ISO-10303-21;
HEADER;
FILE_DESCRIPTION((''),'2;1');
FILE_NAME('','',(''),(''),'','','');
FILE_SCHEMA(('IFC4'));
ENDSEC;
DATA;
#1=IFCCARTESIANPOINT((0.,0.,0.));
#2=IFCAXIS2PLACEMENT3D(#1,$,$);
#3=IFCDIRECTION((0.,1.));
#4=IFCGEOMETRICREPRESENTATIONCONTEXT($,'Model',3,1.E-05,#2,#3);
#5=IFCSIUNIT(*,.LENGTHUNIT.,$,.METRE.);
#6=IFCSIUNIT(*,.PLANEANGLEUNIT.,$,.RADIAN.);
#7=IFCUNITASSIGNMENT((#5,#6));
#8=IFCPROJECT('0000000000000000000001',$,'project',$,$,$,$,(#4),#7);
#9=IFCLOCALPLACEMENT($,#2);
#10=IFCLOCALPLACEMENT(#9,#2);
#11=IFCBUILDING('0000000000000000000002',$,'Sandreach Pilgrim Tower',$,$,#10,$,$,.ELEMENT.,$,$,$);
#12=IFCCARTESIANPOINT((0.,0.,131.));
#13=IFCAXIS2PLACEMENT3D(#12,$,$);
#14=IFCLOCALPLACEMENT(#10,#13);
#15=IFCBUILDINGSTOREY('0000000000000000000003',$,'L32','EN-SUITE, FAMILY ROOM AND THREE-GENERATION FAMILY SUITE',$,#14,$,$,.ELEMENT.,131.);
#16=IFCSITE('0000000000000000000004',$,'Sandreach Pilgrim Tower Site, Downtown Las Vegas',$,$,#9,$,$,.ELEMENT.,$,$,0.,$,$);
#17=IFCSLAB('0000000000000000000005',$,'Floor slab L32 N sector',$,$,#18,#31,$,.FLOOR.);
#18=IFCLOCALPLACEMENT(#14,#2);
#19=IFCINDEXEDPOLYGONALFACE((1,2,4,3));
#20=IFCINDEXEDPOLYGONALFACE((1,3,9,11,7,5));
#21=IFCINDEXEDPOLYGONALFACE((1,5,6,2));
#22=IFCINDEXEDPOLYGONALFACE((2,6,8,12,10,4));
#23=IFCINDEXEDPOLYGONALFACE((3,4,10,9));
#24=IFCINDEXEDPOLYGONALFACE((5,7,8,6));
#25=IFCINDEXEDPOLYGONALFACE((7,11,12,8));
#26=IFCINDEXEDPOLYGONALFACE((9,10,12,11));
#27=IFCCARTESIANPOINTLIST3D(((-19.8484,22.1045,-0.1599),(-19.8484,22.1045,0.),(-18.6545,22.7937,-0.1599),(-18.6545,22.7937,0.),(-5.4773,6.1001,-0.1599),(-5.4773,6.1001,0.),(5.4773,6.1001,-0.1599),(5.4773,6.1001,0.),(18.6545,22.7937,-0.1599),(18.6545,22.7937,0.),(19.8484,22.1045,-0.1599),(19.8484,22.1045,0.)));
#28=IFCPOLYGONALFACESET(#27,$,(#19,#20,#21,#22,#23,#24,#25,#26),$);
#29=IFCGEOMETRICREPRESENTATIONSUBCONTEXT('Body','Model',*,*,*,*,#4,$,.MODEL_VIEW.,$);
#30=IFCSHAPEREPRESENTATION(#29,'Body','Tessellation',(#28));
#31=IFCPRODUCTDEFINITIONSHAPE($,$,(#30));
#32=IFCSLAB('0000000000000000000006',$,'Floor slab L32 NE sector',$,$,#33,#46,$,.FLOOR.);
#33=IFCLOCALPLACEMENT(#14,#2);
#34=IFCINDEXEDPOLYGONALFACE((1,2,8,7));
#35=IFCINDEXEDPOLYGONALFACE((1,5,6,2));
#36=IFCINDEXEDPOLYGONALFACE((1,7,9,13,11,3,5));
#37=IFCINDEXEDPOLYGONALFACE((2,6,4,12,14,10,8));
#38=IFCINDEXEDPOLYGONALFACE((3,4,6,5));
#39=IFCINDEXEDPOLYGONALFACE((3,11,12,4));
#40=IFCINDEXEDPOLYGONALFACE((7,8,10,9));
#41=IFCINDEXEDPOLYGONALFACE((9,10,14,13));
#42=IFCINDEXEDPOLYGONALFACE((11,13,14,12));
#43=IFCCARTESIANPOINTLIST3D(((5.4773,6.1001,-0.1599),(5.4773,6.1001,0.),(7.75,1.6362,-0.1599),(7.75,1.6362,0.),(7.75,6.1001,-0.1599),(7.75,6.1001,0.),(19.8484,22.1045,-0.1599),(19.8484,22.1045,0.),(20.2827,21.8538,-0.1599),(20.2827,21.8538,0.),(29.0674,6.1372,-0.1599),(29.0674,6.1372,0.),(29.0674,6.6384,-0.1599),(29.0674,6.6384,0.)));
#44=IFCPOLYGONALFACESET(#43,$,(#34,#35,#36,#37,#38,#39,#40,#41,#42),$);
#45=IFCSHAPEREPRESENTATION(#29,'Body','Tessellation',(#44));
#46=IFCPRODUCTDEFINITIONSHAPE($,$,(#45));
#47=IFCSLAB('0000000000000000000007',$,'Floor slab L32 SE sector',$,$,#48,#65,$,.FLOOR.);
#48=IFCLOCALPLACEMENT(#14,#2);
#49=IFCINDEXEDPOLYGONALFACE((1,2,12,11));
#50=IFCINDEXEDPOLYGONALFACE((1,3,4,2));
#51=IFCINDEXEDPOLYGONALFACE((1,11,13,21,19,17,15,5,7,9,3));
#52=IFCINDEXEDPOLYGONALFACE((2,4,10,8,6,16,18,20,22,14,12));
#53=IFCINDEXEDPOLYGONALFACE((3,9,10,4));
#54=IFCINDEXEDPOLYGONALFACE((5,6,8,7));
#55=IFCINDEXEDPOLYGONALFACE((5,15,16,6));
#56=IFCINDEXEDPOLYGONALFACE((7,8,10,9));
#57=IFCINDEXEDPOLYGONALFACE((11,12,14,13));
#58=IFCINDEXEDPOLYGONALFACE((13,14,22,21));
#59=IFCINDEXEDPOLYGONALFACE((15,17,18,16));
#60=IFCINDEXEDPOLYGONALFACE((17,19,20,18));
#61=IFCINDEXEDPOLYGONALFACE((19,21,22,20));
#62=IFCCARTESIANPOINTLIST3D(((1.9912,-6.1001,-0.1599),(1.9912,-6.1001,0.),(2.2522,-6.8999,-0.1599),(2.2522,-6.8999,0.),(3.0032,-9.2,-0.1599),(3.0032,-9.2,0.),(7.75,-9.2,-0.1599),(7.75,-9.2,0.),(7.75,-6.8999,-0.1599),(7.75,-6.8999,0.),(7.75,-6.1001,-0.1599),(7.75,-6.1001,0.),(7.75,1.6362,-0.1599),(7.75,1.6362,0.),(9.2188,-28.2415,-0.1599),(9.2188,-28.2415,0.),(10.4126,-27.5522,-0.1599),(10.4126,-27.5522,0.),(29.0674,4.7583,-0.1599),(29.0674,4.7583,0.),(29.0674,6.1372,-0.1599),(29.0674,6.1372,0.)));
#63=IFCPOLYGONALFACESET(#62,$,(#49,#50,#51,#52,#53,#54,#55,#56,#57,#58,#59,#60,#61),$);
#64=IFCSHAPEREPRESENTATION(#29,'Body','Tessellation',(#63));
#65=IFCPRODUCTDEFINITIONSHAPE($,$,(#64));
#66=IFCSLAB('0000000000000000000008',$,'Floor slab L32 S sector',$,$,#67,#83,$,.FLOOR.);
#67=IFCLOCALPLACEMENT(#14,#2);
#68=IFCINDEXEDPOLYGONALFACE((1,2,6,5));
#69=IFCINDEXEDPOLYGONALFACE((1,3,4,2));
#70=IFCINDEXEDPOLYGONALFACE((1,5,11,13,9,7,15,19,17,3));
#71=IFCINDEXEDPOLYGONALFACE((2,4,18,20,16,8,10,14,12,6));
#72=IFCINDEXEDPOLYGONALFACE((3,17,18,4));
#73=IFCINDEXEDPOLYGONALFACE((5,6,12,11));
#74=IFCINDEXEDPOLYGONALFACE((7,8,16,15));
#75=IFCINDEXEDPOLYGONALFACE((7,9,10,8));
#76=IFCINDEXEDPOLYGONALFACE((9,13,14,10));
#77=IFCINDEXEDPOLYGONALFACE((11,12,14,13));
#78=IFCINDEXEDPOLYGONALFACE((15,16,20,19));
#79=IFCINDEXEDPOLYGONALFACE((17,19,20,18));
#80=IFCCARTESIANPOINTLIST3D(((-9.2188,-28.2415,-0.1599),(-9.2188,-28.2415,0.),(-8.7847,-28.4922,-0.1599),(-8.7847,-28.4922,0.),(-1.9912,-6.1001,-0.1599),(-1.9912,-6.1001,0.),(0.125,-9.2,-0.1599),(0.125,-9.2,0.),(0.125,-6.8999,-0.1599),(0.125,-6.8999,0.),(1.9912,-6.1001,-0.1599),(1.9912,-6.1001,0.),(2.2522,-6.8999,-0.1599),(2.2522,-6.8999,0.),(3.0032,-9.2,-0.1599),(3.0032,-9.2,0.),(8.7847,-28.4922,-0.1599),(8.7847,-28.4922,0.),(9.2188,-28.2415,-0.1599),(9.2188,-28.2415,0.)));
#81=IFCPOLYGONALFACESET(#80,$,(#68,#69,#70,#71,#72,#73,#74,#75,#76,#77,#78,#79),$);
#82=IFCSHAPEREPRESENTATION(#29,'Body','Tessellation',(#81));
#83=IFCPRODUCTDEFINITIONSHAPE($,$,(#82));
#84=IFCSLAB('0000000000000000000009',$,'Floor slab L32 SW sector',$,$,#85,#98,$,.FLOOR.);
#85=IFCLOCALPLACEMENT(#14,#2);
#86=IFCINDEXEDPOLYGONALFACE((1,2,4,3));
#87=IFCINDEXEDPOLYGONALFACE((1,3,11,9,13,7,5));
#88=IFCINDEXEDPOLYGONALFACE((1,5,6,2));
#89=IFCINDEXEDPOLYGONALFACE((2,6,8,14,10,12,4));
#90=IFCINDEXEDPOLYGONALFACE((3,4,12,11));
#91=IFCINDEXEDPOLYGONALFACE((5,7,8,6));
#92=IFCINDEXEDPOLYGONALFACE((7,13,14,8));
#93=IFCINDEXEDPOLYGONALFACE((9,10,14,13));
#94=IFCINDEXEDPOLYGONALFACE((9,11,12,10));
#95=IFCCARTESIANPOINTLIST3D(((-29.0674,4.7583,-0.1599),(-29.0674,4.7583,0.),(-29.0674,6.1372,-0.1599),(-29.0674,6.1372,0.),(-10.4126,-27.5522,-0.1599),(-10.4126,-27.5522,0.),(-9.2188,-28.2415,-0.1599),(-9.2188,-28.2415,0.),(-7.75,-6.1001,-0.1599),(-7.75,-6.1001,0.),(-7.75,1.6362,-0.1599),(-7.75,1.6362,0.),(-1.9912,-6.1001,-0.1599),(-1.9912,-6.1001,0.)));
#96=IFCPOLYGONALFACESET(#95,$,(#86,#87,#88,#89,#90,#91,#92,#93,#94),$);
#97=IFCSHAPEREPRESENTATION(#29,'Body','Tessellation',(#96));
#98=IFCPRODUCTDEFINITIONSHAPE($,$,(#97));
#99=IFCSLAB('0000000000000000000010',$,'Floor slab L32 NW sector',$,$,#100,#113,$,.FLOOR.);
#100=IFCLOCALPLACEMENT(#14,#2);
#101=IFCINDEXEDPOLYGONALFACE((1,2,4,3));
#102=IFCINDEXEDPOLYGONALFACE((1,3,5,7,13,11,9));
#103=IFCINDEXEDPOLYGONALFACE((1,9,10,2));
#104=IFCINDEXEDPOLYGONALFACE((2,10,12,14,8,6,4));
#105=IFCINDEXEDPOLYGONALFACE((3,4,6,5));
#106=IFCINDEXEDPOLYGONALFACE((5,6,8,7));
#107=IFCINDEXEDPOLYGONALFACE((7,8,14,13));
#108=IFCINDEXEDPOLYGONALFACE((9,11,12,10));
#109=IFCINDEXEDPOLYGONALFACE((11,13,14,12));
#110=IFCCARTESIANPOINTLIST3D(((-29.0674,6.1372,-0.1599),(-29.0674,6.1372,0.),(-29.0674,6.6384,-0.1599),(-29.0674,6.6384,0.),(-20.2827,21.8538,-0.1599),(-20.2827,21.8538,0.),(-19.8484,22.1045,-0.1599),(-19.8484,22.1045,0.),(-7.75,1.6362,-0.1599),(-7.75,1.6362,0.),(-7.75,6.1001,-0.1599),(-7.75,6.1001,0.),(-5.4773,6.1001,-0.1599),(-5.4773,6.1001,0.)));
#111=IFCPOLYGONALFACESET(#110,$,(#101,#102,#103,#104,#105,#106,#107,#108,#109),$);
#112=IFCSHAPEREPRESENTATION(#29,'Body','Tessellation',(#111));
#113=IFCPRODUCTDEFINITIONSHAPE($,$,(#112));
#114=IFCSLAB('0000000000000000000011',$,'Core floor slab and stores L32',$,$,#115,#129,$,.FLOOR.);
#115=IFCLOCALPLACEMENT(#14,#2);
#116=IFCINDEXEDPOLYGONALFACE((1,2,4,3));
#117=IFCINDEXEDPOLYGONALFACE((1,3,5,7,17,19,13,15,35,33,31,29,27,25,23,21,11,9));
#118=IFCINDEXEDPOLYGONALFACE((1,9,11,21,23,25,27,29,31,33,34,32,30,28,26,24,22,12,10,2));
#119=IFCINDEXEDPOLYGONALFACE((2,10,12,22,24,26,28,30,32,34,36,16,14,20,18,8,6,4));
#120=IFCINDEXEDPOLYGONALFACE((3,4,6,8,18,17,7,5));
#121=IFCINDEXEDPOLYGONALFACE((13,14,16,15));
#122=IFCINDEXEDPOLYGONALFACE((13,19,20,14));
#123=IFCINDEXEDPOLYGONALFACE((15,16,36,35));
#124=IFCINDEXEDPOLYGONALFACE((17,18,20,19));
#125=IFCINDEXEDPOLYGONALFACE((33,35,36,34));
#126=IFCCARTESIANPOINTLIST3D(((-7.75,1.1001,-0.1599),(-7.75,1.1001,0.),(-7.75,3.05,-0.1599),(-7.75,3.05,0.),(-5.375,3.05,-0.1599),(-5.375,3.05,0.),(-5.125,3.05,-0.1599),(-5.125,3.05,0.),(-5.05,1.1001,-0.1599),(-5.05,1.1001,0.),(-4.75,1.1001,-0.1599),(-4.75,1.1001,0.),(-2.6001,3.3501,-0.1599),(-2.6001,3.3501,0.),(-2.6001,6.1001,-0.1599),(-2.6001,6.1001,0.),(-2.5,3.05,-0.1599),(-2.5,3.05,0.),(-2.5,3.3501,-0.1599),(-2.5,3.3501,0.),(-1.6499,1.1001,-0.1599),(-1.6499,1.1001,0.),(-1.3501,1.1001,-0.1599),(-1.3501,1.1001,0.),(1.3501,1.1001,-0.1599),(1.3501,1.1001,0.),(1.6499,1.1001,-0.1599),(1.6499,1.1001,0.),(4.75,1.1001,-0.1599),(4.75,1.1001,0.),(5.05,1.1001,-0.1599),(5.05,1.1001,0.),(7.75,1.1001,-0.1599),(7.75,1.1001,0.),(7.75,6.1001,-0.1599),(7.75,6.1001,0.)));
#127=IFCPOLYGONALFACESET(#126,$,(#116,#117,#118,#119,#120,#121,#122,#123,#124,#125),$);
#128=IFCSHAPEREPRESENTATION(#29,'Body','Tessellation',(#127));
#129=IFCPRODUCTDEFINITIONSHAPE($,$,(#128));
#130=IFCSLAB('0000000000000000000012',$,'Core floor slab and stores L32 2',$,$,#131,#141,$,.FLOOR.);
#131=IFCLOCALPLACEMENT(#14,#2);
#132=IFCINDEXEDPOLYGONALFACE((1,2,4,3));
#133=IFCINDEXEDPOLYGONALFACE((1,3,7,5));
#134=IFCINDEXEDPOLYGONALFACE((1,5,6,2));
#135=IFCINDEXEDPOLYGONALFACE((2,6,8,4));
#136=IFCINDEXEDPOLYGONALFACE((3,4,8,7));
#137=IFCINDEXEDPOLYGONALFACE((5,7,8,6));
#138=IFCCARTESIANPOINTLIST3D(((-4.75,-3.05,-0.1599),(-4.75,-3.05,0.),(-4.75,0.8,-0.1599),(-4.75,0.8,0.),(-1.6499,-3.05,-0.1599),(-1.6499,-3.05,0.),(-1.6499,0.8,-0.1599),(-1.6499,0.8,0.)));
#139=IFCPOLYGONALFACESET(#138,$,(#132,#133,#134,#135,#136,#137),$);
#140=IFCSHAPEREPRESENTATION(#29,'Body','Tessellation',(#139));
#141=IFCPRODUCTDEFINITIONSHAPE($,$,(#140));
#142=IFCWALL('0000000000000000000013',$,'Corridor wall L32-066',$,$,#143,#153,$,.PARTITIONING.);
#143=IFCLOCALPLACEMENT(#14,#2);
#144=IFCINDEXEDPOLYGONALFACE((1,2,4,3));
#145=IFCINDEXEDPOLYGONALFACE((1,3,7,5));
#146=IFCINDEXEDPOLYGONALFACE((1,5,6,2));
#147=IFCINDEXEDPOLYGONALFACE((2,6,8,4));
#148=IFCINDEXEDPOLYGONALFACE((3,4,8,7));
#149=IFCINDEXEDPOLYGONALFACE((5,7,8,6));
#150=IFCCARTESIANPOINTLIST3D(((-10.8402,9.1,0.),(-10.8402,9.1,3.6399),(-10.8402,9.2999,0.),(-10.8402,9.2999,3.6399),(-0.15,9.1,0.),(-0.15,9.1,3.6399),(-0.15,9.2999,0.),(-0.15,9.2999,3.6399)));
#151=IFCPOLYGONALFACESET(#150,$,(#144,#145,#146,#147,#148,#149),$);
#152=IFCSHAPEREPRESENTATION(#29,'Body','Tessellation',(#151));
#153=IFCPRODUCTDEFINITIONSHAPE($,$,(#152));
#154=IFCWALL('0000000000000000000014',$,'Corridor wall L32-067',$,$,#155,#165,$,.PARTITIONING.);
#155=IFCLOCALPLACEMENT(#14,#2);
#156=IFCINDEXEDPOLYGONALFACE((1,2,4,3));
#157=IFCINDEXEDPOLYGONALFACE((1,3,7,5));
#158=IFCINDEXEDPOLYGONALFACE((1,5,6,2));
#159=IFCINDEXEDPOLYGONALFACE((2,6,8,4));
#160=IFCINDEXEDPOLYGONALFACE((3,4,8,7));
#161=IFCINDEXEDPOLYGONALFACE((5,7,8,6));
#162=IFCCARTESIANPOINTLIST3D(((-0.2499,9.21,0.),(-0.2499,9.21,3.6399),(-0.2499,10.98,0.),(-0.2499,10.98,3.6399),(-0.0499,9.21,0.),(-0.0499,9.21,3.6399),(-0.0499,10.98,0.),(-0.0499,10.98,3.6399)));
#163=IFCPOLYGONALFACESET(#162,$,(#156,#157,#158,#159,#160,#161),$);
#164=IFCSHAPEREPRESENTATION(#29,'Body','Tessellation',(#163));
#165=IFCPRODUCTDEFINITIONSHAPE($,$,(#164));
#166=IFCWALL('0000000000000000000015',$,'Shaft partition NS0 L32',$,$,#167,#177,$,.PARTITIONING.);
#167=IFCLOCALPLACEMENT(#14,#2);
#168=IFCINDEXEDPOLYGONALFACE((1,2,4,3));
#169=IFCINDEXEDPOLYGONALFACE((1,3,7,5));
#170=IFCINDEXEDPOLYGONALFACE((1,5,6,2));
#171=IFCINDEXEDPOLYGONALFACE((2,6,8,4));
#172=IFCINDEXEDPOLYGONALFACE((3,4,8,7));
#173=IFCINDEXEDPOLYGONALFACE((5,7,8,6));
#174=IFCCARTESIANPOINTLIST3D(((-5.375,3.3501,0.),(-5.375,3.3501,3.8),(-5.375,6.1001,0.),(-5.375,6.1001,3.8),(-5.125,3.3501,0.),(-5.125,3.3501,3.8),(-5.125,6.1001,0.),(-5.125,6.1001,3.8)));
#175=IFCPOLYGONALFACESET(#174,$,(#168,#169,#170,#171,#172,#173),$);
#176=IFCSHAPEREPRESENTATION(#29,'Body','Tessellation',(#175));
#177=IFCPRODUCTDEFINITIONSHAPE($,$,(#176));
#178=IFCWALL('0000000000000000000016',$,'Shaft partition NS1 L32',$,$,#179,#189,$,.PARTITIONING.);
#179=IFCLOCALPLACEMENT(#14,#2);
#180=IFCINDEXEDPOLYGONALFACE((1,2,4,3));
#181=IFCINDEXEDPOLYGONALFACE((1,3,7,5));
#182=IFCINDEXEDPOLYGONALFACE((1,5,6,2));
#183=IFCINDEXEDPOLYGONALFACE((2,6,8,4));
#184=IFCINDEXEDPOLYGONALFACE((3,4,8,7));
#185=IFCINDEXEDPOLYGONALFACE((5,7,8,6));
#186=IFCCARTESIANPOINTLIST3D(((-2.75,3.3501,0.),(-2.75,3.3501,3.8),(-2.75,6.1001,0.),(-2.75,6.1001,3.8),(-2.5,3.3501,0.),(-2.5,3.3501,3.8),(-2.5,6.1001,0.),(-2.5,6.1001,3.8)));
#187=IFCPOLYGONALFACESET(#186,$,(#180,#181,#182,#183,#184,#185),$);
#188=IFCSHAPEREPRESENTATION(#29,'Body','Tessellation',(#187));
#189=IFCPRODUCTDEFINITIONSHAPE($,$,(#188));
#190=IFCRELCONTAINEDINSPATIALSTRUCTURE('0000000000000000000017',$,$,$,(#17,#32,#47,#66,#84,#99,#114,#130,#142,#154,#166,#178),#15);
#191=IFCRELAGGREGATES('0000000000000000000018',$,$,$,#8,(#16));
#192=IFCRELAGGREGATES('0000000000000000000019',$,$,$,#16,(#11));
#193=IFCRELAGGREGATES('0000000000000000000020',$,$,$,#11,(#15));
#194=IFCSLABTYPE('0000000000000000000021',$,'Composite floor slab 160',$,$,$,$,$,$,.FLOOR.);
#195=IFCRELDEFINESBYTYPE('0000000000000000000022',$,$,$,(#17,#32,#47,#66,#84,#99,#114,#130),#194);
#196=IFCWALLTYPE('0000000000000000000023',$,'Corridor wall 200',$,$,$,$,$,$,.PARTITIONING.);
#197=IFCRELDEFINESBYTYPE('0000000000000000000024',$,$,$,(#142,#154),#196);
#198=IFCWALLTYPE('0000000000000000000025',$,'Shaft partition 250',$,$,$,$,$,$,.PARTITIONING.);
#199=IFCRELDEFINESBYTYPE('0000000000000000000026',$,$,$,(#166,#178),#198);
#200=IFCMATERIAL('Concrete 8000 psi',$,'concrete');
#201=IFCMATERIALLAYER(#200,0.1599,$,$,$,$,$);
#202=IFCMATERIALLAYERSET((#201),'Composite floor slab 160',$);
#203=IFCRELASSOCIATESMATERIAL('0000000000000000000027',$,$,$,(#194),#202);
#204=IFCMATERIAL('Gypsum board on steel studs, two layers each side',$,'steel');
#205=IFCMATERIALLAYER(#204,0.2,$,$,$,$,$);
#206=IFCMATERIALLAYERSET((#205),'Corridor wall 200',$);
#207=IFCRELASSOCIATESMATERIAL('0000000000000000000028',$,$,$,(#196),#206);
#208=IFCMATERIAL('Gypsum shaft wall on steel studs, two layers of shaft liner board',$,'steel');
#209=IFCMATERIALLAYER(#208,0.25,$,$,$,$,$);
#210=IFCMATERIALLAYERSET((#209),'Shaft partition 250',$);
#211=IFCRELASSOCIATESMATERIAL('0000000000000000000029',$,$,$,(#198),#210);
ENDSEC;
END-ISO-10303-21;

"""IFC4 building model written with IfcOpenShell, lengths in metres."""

from ifc_helpers import new_model, si_unit, direction, frame, frame_2d, origin, place, context, subcontext, project, spatial, polyline, rectangle, outline, extrude, material, layer, layer_set, type_object, element, save


model = new_model("IFC4")

# Units and contexts
model_context = context("Model", 3, precision=1e-05, world=origin(), true_north=direction((0.0, 1.0)))
body_context = subcontext(model_context, "Body", "Model", "MODEL_VIEW")
ifc_project = project(units=[si_unit("LENGTHUNIT", "METRE"), si_unit("PLANEANGLEUNIT", "RADIAN")], contexts=[model_context])

# Site, building, storey
site_placement = place(None, origin())
site = spatial("IfcSite", under=ifc_project, at=site_placement, Name="Sandreach Pilgrim Tower Site, Downtown Las Vegas", CompositionType="ELEMENT", RefElevation=0.0)
building_placement = place(site_placement, origin())
building = spatial("IfcBuilding", under=site, at=building_placement, Name="Sandreach Pilgrim Tower", CompositionType="ELEMENT")
storey_placement = place(building_placement, frame((0.0, 0.0, 131.0)))
storey = spatial("IfcBuildingStorey", under=building, at=storey_placement, Name="L32", Description="EN-SUITE, FAMILY ROOM AND THREE-GENERATION FAMILY SUITE", CompositionType="ELEMENT", Elevation=131.0)

# Slabs
ifc_material_1 = material(Name="Concrete 8000 psi", Category="concrete")
ifc_layer_1 = layer(ifc_material_1, 0.1599)
ifc_layer_set_1 = layer_set([ifc_layer_1], Name="Composite floor slab 160")
slab_type = type_object("IfcSlabType", Name="Composite floor slab 160", PredefinedType="FLOOR", material=ifc_layer_set_1)
slab_1_placement = place(storey_placement, frame((0.0, 0.0, -0.1599)))
element("IfcSlab", 1, at=slab_1_placement, inside=storey, type_object=slab_type, Name="Floor slab L32 N sector", PredefinedType="FLOOR", context=body_context, shape_type="SweptSolid", body=[
    extrude(outline(polyline([(-18.6545, 22.7937), (18.6545, 22.7937), (19.8484, 22.1045), (5.4773, 6.1001), (-5.4773, 6.1001), (-19.8484, 22.1045), (-18.6545, 22.7937)])), origin(), (0.0, 0.0, 1.0), 0.1599),
])
slab_2_placement = place(storey_placement, frame((0.0, 0.0, -0.1599)))
element("IfcSlab", 2, at=slab_2_placement, inside=storey, type_object=slab_type, Name="Floor slab L32 NE sector", PredefinedType="FLOOR", context=body_context, shape_type="SweptSolid", body=[
    extrude(outline(polyline([(20.2827, 21.8538), (29.0674, 6.6384), (29.0674, 6.1372), (7.75, 1.6362), (7.75, 6.1001), (5.4773, 6.1001), (19.8484, 22.1045), (20.2827, 21.8538)])), origin(), (0.0, 0.0, 1.0), 0.1599),
])
slab_3_placement = place(storey_placement, frame((0.0, 0.0, -0.1599)))
element("IfcSlab", 3, at=slab_3_placement, inside=storey, type_object=slab_type, Name="Floor slab L32 SE sector", PredefinedType="FLOOR", context=body_context, shape_type="SweptSolid", body=[
    extrude(outline(polyline([(29.0674, 4.7583), (10.4126, -27.5522), (9.2188, -28.2415), (3.0032, -9.2), (7.75, -9.2), (7.75, -6.8999), (2.2522, -6.8999), (1.9912, -6.1001), (7.75, -6.1001), (7.75, 1.6362), (29.0674, 6.1372), (29.0674, 4.7583)])), origin(), (0.0, 0.0, 1.0), 0.1599),
])
slab_4_placement = place(storey_placement, frame((0.0, 0.0, -0.1599)))
element("IfcSlab", 4, at=slab_4_placement, inside=storey, type_object=slab_type, Name="Floor slab L32 S sector", PredefinedType="FLOOR", context=body_context, shape_type="SweptSolid", body=[
    extrude(outline(polyline([(8.7847, -28.4922), (-8.7847, -28.4922), (-9.2188, -28.2415), (-1.9912, -6.1001), (1.9912, -6.1001), (2.2522, -6.8999), (0.125, -6.8999), (0.125, -9.2), (3.0032, -9.2), (9.2188, -28.2415), (8.7847, -28.4922)])), origin(), (0.0, 0.0, 1.0), 0.1599),
])
slab_5_placement = place(storey_placement, frame((0.0, 0.0, -0.1599)))
element("IfcSlab", 5, at=slab_5_placement, inside=storey, type_object=slab_type, Name="Floor slab L32 SW sector", PredefinedType="FLOOR", context=body_context, shape_type="SweptSolid", body=[
    extrude(outline(polyline([(-10.4126, -27.5522), (-29.0674, 4.7583), (-29.0674, 6.1372), (-7.75, 1.6362), (-7.75, -6.1001), (-1.9912, -6.1001), (-9.2188, -28.2415), (-10.4126, -27.5522)])), origin(), (0.0, 0.0, 1.0), 0.1599),
])
slab_6_placement = place(storey_placement, frame((0.0, 0.0, -0.1599)))
element("IfcSlab", 6, at=slab_6_placement, inside=storey, type_object=slab_type, Name="Floor slab L32 NW sector", PredefinedType="FLOOR", context=body_context, shape_type="SweptSolid", body=[
    extrude(outline(polyline([(-29.0674, 6.6384), (-20.2827, 21.8538), (-19.8484, 22.1045), (-5.4773, 6.1001), (-7.75, 6.1001), (-7.75, 1.6362), (-29.0674, 6.1372), (-29.0674, 6.6384)])), origin(), (0.0, 0.0, 1.0), 0.1599),
])
slab_7_placement = place(storey_placement, frame((0.0, 0.0, -0.1599)))
element("IfcSlab", 7, at=slab_7_placement, inside=storey, type_object=slab_type, Name="Core floor slab and stores L32", PredefinedType="FLOOR", context=body_context, shape_type="SweptSolid", body=[
    extrude(outline(polyline([(-7.75, 3.05), (-5.375, 3.05), (-5.125, 3.05), (-2.5, 3.05), (-2.5, 3.3501), (-2.6001, 3.3501), (-2.6001, 6.1001), (7.75, 6.1001), (7.75, 1.1001), (5.05, 1.1001), (4.75, 1.1001), (1.6499, 1.1001), (1.3501, 1.1001), (-1.3501, 1.1001), (-1.6499, 1.1001), (-4.75, 1.1001), (-5.05, 1.1001), (-7.75, 1.1001), (-7.75, 3.05)])), origin(), (0.0, 0.0, 1.0), 0.1599),
])
slab_8_placement = place(storey_placement, frame((0.0, 0.0, -0.1599)))
element("IfcSlab", 8, at=slab_8_placement, inside=storey, type_object=slab_type, Name="Core floor slab and stores L32 2", PredefinedType="FLOOR", context=body_context, shape_type="SweptSolid", body=[
    extrude(outline(polyline([(-1.6499, -3.05), (-4.75, -3.05), (-4.75, 0.8), (-1.6499, 0.8), (-1.6499, -3.05)])), origin(), (0.0, 0.0, 1.0), 0.1599),
])

# Walls
ifc_material_2 = material(Name="Gypsum board on steel studs, two layers each side", Category="steel")
ifc_layer_2 = layer(ifc_material_2, 0.2)
ifc_layer_set_2 = layer_set([ifc_layer_2], Name="Corridor wall 200")
wall_type_1 = type_object("IfcWallType", Name="Corridor wall 200", PredefinedType="PARTITIONING", material=ifc_layer_set_2)
wall_1_placement = place(storey_placement, frame((-0.1499, 9.2, 0.0), z_axis=(0.0, 0.0, 1.0), x_axis=(-1.0, 0.0, 0.0)))
element("IfcWall", 9, at=wall_1_placement, inside=storey, type_object=wall_type_1, Name="Corridor wall L32-066", PredefinedType="PARTITIONING", context=body_context, shape_type="SweptSolid", body=[
    extrude(rectangle(XDim=10.6902, YDim=0.2, at=frame_2d((5.3452, 0.0))), origin(), (0.0, 0.0, 1.0), 3.6399),
])
wall_2_placement = place(storey_placement, frame((-0.1499, 10.98, 0.0), z_axis=(0.0, 0.0, 1.0), x_axis=(0.0, -1.0, 0.0)))
element("IfcWall", 10, at=wall_2_placement, inside=storey, type_object=wall_type_1, Name="Corridor wall L32-067", PredefinedType="PARTITIONING", context=body_context, shape_type="SweptSolid", body=[
    extrude(rectangle(XDim=1.77, YDim=0.2, at=frame_2d((0.885, 0.0))), origin(), (0.0, 0.0, 1.0), 3.6399),
])
ifc_material_3 = material(Name="Gypsum shaft wall on steel studs, two layers of shaft liner board", Category="steel")
ifc_layer_3 = layer(ifc_material_3, 0.25)
ifc_layer_set_3 = layer_set([ifc_layer_3], Name="Shaft partition 250")
wall_type_2 = type_object("IfcWallType", Name="Shaft partition 250", PredefinedType="PARTITIONING", material=ifc_layer_set_3)
for number, where, z_axis, x_axis, name in (
    (11, (-5.25, 3.3501, 0.0), (0.0, 0.0, 1.0), (0.0, 1.0, 0.0), "Shaft partition NS0 L32"),
    (12, (-2.625, 3.3501, 0.0), (0.0, 0.0, 1.0), (0.0, 1.0, 0.0), "Shaft partition NS1 L32"),
):
    element("IfcWall", number, at=place(storey_placement, frame(where, z_axis=z_axis, x_axis=x_axis)), inside=storey, type_object=wall_type_2, Name=name, PredefinedType="PARTITIONING", context=body_context, shape_type="SweptSolid", body=[
        extrude(rectangle(XDim=2.75, YDim=0.25, at=frame_2d((1.375, 0.0))), origin(), (0.0, 0.0, 1.0), 3.8),
    ])

save(model, "model.ifc")
